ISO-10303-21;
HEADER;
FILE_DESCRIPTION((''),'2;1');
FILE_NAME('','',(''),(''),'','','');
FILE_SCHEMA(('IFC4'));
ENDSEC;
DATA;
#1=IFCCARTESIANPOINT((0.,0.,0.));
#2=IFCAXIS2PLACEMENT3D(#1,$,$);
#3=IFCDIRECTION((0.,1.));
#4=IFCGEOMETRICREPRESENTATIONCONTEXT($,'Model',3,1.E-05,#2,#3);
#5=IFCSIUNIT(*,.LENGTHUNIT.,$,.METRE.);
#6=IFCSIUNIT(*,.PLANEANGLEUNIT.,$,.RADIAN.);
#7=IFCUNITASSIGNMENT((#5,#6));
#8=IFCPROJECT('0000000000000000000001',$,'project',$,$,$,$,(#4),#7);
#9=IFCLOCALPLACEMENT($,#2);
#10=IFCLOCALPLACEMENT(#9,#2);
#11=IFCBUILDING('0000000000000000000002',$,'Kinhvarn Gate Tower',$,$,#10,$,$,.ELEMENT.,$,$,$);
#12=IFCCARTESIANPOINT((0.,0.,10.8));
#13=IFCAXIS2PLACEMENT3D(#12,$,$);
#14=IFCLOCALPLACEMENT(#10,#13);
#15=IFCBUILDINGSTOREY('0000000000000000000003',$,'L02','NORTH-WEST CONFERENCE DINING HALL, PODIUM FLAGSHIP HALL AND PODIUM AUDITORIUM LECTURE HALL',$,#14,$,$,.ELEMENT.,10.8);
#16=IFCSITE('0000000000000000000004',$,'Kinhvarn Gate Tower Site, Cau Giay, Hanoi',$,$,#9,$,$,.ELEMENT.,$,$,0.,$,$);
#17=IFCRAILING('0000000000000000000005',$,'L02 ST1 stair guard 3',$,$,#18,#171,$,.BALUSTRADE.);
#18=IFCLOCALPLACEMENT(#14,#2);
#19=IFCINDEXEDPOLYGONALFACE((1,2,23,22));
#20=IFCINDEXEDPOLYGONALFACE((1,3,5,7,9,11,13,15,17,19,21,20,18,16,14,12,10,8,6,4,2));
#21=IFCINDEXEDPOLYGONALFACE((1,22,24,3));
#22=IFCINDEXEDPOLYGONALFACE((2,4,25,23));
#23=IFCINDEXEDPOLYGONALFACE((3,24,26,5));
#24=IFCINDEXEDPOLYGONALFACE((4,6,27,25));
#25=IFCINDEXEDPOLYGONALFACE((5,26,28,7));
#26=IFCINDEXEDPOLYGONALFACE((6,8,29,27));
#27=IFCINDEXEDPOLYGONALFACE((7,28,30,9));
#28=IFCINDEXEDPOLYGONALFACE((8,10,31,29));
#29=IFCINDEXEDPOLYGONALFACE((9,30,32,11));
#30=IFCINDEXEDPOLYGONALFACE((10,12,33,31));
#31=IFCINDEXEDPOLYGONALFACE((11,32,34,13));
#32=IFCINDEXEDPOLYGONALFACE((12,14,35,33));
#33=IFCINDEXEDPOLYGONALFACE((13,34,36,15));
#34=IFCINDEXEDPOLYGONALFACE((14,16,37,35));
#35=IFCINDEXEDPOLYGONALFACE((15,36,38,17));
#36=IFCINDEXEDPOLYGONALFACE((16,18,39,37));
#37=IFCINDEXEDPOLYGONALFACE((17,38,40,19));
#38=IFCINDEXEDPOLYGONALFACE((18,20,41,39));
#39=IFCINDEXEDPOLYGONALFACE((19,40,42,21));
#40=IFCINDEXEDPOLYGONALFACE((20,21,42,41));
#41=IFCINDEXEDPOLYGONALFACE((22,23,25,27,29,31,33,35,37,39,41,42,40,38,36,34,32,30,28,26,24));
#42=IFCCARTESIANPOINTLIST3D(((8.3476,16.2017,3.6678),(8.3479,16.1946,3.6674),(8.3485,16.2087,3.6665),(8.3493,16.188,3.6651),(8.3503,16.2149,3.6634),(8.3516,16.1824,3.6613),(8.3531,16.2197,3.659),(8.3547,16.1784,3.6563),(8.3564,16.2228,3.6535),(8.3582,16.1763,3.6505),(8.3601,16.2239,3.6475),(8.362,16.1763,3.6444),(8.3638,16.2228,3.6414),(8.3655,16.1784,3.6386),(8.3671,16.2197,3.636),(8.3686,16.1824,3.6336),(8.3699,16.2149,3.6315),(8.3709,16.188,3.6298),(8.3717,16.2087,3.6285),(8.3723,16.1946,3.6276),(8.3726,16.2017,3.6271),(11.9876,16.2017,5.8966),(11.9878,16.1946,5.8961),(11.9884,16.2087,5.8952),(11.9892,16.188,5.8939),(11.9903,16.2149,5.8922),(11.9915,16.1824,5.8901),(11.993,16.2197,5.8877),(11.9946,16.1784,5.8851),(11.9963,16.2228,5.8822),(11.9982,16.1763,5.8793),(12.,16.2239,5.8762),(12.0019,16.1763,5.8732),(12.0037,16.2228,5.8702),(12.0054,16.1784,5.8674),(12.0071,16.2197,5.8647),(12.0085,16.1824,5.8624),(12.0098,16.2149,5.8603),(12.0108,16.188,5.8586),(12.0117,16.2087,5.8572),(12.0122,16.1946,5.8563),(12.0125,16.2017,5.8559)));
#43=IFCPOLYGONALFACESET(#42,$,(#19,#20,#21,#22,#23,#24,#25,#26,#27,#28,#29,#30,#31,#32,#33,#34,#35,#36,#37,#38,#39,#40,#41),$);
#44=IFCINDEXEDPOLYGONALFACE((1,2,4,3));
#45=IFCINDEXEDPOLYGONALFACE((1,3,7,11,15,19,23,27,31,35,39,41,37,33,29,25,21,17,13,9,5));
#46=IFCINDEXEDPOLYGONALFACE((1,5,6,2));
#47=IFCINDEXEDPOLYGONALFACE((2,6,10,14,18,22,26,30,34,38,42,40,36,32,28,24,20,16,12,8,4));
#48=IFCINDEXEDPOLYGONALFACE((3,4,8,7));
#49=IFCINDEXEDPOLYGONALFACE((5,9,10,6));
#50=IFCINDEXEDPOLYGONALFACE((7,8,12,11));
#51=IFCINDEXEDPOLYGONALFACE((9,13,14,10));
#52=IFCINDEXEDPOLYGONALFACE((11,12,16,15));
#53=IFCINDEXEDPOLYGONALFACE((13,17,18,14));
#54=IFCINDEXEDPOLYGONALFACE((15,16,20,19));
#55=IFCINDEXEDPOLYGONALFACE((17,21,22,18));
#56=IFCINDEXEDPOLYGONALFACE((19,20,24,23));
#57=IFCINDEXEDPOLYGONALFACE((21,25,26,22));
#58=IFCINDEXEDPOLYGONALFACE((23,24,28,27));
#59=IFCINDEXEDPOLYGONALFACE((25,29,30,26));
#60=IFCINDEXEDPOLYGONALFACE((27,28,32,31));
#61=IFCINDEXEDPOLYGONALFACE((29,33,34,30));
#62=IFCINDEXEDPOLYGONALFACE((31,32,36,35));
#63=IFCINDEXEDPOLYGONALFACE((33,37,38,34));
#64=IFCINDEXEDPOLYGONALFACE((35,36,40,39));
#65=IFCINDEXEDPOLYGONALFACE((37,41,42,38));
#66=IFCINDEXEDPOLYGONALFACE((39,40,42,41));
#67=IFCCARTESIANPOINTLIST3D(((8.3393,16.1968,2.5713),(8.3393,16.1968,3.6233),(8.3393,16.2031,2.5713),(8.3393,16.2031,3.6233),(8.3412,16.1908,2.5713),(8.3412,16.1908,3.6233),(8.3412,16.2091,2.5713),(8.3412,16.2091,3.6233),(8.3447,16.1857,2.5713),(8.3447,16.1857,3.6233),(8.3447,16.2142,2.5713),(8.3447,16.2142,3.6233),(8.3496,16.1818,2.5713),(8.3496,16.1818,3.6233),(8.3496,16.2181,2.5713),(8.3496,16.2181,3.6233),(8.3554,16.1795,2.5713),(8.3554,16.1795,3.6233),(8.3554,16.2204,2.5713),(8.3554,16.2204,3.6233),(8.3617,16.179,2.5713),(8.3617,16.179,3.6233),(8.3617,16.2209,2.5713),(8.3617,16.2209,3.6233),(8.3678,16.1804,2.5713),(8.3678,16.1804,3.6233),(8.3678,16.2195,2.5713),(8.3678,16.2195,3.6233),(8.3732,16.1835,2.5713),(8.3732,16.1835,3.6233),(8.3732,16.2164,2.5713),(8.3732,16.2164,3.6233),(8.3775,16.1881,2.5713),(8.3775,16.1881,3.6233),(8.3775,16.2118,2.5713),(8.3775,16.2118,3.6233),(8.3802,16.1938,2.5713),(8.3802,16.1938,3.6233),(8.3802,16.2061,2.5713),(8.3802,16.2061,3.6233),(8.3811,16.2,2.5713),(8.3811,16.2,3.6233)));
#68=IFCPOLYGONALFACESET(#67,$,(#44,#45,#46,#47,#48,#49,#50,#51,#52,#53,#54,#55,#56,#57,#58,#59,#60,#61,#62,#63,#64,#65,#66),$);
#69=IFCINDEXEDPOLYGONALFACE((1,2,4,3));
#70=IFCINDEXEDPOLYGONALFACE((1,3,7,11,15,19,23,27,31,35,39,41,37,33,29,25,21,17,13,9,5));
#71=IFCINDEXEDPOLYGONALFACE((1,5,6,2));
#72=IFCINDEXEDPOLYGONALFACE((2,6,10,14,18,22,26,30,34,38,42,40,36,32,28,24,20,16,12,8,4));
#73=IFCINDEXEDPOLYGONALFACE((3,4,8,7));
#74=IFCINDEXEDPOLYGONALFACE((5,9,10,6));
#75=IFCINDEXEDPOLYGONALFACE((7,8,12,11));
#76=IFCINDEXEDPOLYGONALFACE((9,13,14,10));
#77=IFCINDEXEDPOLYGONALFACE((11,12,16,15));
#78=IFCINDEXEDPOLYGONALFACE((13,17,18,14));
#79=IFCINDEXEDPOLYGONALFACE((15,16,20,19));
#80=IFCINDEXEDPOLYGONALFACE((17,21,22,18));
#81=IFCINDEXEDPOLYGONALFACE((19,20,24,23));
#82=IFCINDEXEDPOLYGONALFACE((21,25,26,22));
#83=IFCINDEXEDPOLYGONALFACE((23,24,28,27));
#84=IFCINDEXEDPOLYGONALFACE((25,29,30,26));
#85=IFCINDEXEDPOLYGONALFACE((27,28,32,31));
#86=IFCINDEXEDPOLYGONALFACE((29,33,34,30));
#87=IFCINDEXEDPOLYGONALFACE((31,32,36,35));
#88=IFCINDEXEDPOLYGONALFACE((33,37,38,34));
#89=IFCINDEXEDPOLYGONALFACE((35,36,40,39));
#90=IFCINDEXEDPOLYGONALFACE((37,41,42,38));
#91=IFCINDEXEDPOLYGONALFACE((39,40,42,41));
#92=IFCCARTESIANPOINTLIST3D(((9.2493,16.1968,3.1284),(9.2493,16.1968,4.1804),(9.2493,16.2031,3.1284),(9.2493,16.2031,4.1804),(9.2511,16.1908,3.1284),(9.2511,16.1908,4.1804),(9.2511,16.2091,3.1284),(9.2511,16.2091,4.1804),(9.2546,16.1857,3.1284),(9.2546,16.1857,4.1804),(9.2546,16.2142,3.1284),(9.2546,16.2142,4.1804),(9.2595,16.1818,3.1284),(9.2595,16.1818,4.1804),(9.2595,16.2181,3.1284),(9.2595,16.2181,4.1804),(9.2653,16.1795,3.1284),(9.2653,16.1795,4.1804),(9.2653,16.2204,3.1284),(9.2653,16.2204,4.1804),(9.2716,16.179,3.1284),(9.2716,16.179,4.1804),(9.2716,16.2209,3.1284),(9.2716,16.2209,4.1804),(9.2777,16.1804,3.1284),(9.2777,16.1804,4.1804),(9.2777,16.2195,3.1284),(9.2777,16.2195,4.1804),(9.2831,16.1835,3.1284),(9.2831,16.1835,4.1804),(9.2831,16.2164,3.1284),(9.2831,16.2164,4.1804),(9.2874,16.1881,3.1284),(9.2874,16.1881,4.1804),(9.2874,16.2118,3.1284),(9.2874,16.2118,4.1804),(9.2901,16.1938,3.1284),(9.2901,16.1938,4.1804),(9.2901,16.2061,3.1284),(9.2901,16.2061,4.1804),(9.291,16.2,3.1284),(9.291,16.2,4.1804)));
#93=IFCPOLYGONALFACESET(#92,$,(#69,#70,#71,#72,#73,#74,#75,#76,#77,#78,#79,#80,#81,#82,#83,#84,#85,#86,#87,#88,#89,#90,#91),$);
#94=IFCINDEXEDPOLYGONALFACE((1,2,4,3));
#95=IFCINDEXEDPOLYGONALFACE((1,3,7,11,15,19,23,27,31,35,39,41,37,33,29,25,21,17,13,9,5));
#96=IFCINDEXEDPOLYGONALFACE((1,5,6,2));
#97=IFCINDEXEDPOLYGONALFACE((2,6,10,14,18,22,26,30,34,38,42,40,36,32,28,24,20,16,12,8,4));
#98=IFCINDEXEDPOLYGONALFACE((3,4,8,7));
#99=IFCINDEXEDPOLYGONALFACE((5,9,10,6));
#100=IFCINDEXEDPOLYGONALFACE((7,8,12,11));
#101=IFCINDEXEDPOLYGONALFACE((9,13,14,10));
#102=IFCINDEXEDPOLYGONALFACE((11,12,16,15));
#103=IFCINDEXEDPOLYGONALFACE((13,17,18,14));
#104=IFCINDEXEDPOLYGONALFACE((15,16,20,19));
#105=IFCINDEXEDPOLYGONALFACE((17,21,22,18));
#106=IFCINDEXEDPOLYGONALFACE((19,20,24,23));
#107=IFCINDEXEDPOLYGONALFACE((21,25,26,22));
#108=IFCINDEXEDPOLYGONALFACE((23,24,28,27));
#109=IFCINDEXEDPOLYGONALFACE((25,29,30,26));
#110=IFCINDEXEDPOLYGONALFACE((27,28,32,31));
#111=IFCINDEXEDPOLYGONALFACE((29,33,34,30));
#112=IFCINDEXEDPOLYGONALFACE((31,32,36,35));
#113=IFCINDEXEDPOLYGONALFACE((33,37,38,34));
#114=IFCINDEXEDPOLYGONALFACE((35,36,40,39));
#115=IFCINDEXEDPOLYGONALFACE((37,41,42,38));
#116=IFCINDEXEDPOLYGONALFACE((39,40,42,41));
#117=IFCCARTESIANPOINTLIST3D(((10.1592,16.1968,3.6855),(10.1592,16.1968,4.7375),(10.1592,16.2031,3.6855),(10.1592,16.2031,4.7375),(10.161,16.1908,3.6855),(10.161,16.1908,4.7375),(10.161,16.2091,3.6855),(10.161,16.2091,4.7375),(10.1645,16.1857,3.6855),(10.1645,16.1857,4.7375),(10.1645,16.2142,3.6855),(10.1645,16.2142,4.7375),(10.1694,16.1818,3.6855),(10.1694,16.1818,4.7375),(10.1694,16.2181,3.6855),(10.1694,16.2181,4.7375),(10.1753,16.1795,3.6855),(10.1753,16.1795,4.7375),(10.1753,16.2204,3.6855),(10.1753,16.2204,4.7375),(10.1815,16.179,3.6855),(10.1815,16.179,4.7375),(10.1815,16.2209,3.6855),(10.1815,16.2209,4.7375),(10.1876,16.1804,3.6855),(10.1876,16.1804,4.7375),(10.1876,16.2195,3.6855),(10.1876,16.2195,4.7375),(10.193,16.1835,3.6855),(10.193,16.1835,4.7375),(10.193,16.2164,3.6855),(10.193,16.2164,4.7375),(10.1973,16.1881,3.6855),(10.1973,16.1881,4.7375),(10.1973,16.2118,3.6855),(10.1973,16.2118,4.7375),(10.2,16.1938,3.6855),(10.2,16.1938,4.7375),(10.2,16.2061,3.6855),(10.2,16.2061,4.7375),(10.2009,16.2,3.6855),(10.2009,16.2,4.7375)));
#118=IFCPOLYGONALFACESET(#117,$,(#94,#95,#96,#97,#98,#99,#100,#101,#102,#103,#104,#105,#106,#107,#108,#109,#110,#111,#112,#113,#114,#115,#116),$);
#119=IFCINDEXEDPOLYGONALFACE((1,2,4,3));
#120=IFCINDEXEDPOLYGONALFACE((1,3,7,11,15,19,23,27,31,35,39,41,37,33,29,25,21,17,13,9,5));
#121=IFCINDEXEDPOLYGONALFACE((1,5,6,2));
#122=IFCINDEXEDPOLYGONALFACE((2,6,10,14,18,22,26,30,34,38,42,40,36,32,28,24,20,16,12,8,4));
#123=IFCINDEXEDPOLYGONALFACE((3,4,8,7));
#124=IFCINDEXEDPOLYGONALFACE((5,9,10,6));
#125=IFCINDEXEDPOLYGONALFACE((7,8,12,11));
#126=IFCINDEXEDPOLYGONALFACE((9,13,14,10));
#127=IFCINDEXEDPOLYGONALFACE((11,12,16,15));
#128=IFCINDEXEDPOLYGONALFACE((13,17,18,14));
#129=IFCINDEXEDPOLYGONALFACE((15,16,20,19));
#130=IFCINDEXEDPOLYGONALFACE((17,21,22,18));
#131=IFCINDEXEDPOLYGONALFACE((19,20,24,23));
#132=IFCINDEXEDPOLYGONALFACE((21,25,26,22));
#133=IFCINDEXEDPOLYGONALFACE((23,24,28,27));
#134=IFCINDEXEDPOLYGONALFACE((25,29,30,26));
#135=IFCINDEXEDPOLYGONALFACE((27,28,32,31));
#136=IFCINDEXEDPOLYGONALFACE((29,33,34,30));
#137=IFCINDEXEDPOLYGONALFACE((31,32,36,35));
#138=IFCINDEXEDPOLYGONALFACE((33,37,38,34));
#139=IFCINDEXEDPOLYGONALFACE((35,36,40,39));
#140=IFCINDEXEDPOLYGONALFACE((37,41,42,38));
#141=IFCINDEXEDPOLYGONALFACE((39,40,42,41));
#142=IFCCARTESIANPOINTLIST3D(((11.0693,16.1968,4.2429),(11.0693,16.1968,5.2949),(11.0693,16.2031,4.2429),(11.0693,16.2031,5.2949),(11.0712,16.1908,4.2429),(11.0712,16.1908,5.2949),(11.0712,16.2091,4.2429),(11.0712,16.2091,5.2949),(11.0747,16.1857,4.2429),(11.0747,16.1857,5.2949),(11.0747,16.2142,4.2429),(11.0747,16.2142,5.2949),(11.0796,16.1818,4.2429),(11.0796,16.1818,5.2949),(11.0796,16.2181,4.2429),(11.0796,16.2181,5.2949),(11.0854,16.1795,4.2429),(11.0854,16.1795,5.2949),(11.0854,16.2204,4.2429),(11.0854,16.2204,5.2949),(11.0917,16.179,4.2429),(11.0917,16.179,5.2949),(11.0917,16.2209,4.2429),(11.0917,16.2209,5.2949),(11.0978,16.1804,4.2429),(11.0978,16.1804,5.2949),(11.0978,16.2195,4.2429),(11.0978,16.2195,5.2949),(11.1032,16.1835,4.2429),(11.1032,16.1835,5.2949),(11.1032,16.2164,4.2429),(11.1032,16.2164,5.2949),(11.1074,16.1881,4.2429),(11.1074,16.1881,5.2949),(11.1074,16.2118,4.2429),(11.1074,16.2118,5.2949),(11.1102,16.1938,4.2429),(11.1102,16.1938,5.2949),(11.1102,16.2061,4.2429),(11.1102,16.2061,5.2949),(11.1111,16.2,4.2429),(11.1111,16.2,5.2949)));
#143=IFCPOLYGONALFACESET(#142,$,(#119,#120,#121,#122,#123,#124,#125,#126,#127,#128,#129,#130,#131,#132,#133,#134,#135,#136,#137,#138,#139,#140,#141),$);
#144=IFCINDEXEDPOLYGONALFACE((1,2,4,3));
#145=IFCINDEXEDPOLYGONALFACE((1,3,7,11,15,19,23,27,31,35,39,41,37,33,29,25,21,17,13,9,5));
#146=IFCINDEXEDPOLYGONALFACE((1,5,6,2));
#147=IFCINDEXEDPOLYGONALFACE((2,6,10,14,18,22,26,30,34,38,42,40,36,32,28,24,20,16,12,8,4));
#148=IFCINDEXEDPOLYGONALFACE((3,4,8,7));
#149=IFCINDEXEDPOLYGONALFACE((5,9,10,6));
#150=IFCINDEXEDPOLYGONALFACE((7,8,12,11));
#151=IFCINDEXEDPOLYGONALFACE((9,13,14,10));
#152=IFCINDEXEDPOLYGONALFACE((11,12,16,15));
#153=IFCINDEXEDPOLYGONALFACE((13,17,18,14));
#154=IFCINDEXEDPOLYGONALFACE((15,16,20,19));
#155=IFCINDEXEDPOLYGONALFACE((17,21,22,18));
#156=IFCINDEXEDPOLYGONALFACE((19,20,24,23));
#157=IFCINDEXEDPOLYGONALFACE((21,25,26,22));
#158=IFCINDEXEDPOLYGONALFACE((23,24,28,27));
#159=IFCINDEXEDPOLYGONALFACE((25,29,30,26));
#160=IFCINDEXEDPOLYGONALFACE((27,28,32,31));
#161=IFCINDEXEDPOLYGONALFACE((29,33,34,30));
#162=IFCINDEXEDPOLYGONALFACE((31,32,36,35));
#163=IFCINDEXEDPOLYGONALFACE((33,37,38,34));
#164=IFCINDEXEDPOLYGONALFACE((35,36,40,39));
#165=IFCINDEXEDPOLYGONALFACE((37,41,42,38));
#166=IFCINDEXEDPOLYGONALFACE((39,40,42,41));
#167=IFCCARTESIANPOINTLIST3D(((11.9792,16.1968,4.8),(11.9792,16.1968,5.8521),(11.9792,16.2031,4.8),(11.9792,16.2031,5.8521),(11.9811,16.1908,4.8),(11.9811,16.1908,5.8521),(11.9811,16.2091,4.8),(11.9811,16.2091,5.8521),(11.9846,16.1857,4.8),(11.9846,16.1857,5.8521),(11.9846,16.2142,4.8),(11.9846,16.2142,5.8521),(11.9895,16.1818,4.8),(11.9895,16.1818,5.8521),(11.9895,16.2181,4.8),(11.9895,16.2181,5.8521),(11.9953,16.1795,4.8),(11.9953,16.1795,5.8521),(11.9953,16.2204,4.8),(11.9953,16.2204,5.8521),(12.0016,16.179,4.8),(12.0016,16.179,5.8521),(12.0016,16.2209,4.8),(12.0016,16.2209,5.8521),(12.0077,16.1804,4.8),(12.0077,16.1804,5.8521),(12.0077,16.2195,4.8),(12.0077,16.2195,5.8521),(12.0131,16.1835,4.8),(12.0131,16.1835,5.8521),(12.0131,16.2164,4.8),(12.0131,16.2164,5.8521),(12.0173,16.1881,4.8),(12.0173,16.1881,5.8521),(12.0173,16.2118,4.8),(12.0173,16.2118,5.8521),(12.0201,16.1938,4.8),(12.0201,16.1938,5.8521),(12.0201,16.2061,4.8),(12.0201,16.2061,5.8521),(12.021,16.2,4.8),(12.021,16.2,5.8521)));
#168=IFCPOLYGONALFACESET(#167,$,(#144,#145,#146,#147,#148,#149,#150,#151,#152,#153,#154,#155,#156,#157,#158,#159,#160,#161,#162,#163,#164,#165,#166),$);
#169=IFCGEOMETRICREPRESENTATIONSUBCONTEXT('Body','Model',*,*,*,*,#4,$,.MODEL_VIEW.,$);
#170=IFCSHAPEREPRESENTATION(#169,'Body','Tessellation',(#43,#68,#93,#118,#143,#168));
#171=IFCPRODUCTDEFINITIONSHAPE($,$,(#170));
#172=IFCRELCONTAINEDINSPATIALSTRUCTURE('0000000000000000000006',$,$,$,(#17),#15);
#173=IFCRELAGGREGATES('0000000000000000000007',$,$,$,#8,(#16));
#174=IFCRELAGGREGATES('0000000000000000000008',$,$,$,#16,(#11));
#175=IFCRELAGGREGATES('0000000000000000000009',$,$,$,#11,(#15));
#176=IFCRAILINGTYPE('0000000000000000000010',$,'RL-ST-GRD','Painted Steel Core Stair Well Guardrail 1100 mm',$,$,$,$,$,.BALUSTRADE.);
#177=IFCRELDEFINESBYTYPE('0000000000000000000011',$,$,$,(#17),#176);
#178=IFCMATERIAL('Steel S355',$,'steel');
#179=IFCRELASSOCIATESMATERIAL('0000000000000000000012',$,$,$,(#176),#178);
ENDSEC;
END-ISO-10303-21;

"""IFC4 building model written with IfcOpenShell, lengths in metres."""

from ifc_helpers import new_model, si_unit, direction, frame, origin, origin_2d, place, context, subcontext, project, spatial, circle, extrude, material, type_object, element, save


model = new_model("IFC4")

# Units and contexts
model_context = context("Model", 3, precision=1e-05, world=origin(), true_north=direction((0.0, 1.0)))
body_context = subcontext(model_context, "Body", "Model", "MODEL_VIEW")
ifc_project = project(units=[si_unit("LENGTHUNIT", "METRE"), si_unit("PLANEANGLEUNIT", "RADIAN")], contexts=[model_context])

# Site, building, storey
site_placement = place(None, origin())
site = spatial("IfcSite", under=ifc_project, at=site_placement, Name="Kinhvarn Gate Tower Site, Cau Giay, Hanoi", CompositionType="ELEMENT", RefElevation=0.0)
building_placement = place(site_placement, origin())
building = spatial("IfcBuilding", under=site, at=building_placement, Name="Kinhvarn Gate Tower", CompositionType="ELEMENT")
storey_placement = place(building_placement, frame((0.0, 0.0, 10.8)))
storey = spatial("IfcBuildingStorey", under=building, at=storey_placement, Name="L02", Description="NORTH-WEST CONFERENCE DINING HALL, PODIUM FLAGSHIP HALL AND PODIUM AUDITORIUM LECTURE HALL", CompositionType="ELEMENT", Elevation=10.8)

# Shared definitions
ifc_material_1 = material(Name="Steel S355", Category="steel")

# Railing
railing_type_1 = type_object("IfcRailingType", Name="RL-ST-GRD", Description="Painted Steel Core Stair Well Guardrail 1100 mm", PredefinedType="BALUSTRADE", material=ifc_material_1)
railing_1_placement = place(storey_placement, frame((8.3601, 16.2, 2.5713)))
element("IfcRailing", 1, at=railing_1_placement, inside=storey, type_object=railing_type_1, Name="L02 ST1 stair guard 3", PredefinedType="BALUSTRADE", context=body_context, shape_type="SweptSolid", body=[
    extrude(circle(Radius=0.0239, at=origin_2d()), frame((0.0, 0.0, 1.0762), z_axis=(0.852825, 0.0, 0.522197), x_axis=(0.0, 1.0, 0.0)), (0.0, 0.0, 1.0), 4.2681),
    extrude(circle(Radius=0.021, at=origin_2d()), origin(), (0.0, 0.0, 1.0), 1.052),
    extrude(circle(Radius=0.021, at=origin_2d()), frame((0.9099, 0.0, 0.5571)), (0.0, 0.0, 1.0), 1.052),
    extrude(circle(Radius=0.021, at=origin_2d()), frame((1.8198, 0.0, 1.1143)), (0.0, 0.0, 1.0), 1.052),
    extrude(circle(Radius=0.021, at=origin_2d()), frame((2.73, 0.0, 1.6716)), (0.0, 0.0, 1.0), 1.052),
    extrude(circle(Radius=0.021, at=origin_2d()), frame((3.6399, 0.0, 2.2288)), (0.0, 0.0, 1.0), 1.052),
])

save(model, "model.ifc")
